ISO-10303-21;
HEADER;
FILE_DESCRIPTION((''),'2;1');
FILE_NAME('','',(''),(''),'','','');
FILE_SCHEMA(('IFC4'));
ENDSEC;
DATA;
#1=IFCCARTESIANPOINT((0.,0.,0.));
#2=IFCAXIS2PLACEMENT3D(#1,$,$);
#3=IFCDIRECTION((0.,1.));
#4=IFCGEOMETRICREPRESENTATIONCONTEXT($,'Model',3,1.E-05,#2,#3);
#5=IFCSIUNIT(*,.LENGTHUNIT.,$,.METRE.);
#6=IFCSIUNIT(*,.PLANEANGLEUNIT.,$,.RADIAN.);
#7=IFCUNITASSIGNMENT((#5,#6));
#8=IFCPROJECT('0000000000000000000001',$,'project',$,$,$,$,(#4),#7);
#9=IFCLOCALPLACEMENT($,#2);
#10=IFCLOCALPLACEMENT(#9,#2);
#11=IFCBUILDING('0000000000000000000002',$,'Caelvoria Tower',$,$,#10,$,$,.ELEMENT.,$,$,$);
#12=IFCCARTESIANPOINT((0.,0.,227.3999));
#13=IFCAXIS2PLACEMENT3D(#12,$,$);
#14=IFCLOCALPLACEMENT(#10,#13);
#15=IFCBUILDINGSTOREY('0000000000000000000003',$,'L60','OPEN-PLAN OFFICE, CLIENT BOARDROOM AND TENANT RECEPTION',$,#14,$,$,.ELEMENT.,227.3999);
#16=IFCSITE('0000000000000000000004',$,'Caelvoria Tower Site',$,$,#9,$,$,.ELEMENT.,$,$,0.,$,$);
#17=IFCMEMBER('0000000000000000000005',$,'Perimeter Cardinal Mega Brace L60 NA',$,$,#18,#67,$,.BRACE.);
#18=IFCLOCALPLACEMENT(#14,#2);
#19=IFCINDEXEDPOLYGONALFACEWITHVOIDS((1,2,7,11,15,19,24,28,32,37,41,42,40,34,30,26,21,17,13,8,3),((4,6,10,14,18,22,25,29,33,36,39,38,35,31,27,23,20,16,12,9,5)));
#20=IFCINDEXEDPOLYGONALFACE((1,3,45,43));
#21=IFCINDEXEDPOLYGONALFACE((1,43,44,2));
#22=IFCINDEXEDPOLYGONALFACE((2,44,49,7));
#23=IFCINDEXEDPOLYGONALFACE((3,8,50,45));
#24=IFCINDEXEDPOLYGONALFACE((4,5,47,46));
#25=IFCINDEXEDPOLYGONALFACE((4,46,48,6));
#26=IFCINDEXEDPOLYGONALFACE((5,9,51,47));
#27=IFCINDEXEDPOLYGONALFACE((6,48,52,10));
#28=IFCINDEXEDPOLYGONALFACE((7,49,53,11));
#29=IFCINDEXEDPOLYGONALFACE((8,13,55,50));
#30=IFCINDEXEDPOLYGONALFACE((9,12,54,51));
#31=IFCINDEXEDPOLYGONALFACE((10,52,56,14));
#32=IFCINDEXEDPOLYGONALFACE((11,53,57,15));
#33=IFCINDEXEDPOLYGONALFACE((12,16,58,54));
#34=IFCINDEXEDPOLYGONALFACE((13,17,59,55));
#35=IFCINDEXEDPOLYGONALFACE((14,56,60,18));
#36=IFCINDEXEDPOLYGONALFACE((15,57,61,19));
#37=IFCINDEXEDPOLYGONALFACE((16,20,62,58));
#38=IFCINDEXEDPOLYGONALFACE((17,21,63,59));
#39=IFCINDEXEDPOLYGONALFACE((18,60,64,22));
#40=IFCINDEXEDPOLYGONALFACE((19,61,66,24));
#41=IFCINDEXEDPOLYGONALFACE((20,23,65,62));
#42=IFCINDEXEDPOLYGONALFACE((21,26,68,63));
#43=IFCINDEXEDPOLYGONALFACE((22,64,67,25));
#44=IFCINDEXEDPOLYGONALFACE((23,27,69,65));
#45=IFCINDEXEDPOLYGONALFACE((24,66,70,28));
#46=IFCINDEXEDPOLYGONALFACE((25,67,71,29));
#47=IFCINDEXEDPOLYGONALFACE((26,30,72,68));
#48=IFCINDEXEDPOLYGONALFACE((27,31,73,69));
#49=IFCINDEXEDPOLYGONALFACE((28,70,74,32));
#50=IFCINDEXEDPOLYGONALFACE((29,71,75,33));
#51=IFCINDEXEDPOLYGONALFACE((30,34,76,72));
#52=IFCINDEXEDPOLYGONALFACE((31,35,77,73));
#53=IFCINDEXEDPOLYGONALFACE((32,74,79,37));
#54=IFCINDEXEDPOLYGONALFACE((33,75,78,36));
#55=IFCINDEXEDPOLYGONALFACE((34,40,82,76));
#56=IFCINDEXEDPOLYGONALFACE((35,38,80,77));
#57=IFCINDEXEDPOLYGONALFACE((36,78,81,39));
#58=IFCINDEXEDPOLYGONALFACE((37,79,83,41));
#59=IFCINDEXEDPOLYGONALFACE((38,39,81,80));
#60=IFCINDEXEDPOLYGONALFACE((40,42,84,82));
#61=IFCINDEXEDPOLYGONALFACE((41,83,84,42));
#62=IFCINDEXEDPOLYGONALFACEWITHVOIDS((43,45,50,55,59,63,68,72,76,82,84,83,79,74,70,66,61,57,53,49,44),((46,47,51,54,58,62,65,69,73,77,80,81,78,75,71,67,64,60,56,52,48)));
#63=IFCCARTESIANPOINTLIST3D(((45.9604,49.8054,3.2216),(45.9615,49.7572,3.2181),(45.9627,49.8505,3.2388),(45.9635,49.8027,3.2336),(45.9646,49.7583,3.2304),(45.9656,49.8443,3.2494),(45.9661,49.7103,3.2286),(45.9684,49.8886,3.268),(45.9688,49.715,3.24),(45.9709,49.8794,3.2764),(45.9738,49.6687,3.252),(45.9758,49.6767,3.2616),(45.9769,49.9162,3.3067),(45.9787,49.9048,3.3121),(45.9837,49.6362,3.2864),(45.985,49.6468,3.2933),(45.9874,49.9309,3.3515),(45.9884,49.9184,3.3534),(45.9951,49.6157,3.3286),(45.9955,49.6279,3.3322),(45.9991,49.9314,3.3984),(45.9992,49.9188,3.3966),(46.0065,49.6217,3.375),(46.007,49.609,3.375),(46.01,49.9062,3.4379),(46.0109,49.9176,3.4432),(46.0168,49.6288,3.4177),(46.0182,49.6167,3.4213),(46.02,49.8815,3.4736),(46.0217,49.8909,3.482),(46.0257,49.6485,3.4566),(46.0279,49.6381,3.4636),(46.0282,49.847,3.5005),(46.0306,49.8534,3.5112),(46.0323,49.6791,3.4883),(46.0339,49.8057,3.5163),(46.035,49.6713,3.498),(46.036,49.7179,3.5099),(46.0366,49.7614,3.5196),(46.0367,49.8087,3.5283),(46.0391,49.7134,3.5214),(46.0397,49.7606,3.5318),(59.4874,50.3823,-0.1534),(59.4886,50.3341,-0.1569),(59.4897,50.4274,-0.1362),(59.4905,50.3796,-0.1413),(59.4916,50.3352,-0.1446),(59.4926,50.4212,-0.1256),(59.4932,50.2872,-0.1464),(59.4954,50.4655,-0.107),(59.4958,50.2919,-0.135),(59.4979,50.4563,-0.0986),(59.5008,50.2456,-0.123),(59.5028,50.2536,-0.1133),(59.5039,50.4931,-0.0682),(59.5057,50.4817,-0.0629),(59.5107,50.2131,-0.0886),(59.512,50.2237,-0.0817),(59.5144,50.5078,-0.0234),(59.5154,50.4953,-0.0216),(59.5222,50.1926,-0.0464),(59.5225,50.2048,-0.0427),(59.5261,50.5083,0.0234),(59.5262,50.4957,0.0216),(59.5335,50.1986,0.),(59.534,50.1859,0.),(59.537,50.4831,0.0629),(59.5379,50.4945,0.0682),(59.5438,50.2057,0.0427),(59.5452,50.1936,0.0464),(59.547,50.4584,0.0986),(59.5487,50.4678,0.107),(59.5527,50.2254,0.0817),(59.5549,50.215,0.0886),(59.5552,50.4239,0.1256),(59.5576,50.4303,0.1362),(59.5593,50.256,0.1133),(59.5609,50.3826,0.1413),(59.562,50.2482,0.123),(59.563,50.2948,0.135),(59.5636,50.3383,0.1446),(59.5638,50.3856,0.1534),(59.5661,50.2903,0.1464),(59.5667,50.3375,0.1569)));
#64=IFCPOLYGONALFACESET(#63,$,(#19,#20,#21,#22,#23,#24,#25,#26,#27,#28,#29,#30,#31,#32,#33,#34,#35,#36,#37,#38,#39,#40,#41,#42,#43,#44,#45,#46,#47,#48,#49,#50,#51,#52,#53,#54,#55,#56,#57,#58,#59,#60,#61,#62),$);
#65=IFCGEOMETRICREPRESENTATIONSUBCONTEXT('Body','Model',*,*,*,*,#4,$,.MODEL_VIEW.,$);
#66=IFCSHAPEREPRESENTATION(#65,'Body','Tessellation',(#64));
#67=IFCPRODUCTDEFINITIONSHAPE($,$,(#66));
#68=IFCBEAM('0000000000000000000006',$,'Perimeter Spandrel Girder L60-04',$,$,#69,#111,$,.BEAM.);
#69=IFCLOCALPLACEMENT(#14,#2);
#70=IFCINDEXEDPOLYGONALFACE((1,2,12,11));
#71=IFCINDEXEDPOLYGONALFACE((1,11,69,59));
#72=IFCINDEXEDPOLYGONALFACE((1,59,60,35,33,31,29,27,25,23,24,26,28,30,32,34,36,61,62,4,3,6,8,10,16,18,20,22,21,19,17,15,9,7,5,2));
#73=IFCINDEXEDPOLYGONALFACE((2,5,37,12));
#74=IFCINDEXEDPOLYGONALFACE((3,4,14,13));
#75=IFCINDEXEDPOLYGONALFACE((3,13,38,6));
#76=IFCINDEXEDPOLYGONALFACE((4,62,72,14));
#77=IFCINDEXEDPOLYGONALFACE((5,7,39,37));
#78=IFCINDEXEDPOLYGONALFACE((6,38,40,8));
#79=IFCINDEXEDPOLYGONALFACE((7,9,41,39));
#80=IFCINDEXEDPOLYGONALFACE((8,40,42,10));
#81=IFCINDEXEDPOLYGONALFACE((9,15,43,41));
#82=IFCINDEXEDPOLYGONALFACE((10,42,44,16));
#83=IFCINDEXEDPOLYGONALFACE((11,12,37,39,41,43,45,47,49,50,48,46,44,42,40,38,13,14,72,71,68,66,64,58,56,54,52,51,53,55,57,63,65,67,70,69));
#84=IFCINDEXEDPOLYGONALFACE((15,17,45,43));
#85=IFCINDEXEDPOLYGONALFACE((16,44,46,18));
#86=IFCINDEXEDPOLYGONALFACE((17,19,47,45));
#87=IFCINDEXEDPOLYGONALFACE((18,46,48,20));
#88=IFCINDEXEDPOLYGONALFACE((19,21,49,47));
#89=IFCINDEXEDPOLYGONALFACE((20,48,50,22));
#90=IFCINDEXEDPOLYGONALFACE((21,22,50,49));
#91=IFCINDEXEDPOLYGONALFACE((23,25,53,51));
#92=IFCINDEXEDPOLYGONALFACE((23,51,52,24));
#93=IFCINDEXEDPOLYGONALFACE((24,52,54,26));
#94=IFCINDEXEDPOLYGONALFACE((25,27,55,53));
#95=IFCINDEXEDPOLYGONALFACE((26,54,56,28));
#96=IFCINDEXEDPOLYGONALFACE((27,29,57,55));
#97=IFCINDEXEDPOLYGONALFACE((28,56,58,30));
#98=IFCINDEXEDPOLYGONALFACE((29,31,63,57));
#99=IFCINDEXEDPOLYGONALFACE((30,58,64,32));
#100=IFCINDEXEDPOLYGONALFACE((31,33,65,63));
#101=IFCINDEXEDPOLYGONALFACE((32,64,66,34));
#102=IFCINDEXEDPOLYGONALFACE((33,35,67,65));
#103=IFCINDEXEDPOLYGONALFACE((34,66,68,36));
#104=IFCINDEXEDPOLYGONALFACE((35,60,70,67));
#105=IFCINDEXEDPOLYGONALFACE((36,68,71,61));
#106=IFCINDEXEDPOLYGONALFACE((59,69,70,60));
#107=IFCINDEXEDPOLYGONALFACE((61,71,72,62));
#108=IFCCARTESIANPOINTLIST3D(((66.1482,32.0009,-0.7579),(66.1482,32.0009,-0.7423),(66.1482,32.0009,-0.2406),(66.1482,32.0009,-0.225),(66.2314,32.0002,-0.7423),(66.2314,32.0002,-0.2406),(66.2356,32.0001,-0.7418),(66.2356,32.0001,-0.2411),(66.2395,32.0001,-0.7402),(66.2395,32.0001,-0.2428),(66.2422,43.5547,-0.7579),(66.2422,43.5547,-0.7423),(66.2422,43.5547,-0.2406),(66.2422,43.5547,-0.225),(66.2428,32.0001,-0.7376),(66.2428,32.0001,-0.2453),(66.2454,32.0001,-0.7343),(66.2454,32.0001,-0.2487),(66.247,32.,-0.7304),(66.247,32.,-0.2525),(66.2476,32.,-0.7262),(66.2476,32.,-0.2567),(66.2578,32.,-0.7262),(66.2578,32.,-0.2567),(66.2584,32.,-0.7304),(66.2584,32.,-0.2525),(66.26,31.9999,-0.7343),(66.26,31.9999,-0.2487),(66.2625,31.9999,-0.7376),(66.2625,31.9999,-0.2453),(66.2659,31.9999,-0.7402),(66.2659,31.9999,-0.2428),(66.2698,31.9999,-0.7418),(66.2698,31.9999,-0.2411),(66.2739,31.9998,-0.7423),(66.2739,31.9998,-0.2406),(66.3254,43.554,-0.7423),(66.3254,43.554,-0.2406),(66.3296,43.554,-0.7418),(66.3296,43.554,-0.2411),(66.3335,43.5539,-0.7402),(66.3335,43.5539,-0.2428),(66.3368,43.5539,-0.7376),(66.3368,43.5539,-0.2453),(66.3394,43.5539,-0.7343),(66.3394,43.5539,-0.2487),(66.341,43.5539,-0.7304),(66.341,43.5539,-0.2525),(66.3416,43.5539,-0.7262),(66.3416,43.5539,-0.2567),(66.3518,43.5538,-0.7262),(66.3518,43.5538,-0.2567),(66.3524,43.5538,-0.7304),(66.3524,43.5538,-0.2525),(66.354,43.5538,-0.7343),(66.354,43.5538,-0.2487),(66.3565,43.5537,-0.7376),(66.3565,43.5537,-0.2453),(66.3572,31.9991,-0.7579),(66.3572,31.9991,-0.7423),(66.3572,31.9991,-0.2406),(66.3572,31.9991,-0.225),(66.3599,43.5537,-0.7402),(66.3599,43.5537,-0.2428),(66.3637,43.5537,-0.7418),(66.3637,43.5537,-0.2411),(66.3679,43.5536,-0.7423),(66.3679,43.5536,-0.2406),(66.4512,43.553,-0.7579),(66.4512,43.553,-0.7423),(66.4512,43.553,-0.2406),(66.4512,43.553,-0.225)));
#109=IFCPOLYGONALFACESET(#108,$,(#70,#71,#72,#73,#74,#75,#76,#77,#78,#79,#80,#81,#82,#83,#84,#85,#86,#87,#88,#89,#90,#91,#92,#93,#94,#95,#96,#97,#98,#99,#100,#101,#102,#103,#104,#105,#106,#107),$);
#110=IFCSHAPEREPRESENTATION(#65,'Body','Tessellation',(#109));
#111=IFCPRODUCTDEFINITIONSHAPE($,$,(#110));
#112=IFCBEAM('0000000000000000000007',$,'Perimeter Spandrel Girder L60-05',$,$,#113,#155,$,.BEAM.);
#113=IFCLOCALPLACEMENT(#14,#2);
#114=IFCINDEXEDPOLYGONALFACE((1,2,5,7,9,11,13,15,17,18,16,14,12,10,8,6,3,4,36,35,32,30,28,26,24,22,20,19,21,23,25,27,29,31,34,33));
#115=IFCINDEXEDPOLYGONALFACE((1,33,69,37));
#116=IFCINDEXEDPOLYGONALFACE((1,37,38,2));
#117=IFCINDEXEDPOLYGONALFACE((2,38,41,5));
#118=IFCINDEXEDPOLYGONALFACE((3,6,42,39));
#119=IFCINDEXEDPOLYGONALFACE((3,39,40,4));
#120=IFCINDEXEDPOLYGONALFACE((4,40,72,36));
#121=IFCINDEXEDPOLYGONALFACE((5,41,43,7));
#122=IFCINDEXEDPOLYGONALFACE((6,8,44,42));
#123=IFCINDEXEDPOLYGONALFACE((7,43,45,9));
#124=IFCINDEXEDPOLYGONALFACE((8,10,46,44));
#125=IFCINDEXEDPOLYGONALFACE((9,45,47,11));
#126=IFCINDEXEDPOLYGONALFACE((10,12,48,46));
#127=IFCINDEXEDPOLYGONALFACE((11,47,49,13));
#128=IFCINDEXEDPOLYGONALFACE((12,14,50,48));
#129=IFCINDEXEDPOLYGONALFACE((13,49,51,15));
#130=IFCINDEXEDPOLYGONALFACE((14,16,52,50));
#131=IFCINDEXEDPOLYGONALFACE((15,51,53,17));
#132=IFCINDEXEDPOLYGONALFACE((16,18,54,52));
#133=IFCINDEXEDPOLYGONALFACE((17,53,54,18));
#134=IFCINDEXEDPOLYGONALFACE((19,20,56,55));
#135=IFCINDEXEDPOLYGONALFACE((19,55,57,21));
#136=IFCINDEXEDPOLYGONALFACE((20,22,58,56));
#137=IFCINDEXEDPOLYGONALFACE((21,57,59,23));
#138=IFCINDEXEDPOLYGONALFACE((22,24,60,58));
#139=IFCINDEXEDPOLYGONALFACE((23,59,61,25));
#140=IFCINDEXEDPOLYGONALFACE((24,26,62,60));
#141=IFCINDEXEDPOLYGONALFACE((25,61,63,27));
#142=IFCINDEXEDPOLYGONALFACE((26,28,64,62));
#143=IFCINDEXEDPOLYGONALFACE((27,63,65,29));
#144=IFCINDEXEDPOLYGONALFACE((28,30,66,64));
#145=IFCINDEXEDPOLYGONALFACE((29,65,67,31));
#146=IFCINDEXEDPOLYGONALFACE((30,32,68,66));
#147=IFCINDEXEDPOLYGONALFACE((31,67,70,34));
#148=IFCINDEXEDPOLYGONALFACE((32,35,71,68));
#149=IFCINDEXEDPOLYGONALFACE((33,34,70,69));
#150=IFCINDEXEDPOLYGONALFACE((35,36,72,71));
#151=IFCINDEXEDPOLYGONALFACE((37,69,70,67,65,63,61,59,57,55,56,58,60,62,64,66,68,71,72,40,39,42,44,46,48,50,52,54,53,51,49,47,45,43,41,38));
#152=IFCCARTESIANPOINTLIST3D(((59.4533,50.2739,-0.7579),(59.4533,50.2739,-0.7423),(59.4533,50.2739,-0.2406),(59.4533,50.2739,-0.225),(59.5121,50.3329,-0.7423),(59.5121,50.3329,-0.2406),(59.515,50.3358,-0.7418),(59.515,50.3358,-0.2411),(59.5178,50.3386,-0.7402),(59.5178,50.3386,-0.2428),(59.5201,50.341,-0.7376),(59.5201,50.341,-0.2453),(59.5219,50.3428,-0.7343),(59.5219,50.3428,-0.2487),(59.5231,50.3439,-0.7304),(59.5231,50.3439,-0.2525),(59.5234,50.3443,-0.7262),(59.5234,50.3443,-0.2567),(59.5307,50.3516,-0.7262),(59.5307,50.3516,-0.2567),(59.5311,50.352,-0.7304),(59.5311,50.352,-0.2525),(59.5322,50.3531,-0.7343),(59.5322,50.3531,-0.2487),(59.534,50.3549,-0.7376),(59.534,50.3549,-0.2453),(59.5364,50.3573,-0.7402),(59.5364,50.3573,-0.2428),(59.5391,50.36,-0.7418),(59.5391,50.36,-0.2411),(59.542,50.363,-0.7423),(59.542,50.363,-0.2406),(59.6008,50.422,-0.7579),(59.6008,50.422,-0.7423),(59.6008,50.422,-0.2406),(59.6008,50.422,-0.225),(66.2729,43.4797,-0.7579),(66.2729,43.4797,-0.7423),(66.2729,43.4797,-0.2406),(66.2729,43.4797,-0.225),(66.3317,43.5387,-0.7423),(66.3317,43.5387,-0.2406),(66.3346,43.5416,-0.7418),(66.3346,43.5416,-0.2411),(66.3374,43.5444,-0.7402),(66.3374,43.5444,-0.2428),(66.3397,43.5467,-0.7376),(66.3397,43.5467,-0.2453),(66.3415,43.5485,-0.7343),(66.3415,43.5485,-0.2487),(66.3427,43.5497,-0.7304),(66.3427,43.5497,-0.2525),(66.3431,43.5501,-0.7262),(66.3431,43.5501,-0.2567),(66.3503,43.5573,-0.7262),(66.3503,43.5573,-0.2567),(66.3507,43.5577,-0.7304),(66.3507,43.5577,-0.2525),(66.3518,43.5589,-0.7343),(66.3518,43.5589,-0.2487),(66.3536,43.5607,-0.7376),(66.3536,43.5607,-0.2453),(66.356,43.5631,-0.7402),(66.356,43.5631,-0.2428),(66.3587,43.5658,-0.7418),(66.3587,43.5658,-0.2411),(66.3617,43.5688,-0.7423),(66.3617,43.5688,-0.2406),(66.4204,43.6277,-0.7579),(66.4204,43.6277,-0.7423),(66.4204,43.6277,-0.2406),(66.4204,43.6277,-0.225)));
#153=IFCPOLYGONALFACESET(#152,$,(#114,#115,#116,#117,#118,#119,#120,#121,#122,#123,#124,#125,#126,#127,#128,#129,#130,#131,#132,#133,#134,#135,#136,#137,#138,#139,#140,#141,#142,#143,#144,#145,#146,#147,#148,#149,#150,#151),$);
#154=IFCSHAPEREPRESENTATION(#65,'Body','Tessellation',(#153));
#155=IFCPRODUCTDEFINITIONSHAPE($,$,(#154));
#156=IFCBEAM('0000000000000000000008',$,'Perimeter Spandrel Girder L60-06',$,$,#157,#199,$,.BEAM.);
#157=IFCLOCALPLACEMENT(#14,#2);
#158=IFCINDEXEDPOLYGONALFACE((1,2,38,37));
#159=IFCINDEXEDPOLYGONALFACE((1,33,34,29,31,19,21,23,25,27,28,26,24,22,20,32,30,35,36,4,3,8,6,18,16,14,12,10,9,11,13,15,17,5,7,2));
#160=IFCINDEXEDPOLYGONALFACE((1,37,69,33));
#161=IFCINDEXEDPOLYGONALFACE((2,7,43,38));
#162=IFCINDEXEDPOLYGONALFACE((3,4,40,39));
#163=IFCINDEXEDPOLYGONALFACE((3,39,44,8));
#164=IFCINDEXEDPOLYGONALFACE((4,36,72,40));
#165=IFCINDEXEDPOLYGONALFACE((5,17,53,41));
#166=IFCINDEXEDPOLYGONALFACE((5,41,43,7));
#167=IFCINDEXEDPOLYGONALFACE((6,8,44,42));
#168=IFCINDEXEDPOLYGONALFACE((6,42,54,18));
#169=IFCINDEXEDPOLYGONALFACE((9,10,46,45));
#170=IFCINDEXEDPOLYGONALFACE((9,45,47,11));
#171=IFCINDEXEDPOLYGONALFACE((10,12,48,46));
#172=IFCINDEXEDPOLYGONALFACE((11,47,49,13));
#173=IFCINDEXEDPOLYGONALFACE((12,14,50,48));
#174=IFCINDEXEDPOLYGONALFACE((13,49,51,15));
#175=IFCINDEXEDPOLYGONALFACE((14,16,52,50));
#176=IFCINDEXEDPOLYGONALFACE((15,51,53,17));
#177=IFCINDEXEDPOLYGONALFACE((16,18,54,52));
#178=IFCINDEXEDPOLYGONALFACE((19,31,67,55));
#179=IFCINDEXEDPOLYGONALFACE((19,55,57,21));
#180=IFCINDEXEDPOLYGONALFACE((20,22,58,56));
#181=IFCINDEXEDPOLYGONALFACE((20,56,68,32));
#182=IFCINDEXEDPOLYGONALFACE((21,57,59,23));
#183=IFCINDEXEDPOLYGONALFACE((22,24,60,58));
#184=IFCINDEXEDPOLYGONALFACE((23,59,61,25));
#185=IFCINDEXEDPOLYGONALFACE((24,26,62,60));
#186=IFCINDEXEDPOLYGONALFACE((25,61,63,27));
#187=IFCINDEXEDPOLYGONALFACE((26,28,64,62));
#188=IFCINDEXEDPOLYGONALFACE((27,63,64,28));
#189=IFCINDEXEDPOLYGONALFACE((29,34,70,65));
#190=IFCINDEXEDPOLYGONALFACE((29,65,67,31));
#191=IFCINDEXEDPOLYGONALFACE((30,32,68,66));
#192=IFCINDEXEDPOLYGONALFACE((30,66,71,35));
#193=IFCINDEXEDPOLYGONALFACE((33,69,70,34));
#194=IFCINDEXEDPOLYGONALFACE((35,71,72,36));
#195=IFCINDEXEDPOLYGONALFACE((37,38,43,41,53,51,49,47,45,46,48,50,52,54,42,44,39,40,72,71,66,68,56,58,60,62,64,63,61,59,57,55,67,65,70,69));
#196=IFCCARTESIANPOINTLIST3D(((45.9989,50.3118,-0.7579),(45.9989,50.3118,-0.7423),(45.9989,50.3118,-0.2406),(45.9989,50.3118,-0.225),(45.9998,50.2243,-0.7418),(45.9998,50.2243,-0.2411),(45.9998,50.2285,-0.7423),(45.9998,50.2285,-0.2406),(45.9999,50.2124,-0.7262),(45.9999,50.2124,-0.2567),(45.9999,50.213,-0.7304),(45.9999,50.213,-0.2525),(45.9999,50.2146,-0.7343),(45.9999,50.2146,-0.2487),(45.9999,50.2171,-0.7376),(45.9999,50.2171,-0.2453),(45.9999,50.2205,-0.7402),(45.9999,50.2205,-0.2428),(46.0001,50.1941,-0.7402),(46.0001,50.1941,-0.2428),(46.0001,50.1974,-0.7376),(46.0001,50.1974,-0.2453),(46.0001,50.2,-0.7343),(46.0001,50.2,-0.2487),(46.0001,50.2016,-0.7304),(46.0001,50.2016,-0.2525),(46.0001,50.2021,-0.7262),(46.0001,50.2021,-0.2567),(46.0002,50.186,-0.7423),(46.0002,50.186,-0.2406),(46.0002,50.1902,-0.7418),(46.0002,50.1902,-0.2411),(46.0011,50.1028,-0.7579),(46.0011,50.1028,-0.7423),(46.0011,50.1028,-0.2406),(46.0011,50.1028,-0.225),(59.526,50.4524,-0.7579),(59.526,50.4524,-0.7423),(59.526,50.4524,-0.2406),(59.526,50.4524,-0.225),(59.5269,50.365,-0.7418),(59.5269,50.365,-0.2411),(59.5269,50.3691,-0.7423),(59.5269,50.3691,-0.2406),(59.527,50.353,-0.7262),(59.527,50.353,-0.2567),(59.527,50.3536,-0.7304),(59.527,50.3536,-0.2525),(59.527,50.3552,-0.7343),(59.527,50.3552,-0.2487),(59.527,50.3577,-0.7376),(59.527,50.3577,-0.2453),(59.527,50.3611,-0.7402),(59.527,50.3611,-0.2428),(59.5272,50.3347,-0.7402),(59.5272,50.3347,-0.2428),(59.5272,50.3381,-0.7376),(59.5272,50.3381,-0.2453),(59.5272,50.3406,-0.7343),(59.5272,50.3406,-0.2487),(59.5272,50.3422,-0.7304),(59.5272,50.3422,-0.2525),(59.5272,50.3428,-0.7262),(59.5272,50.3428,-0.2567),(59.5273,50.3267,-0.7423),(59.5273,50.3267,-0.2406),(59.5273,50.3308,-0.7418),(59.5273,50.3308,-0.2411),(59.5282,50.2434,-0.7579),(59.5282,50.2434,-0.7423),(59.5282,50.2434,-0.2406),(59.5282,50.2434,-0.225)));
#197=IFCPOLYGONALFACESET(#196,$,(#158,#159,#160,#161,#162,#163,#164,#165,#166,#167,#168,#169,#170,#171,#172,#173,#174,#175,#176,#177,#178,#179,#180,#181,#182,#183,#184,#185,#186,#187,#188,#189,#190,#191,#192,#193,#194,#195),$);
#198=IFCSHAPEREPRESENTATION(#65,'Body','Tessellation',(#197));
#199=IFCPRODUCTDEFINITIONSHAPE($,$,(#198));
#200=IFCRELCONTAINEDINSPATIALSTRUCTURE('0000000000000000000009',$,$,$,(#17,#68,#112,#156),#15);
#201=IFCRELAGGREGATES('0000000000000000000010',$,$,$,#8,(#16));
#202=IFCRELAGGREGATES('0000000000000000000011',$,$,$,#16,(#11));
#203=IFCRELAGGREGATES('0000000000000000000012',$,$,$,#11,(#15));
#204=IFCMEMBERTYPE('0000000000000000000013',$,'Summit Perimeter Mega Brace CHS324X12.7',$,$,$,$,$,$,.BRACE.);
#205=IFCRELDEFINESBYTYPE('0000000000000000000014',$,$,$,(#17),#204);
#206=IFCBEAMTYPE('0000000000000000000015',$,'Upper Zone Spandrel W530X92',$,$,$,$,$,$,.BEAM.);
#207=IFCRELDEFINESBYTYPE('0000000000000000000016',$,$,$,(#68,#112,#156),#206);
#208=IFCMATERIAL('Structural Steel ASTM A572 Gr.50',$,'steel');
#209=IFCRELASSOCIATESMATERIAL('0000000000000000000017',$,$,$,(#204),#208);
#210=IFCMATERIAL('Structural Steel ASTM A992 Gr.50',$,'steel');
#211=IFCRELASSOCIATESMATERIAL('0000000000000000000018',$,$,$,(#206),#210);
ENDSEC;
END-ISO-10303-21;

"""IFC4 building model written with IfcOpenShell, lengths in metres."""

from ifc_helpers import new_model, si_unit, direction, frame, origin, origin_2d, place, context, subcontext, project, spatial, hollow_circle, i_section, extrude, material, material_profile, profile_set, type_object, element, save


model = new_model("IFC4")

# Units and contexts
model_context = context("Model", 3, precision=1e-05, world=origin(), true_north=direction((0.0, 1.0)))
body_context = subcontext(model_context, "Body", "Model", "MODEL_VIEW")
ifc_project = project(units=[si_unit("LENGTHUNIT", "METRE"), si_unit("PLANEANGLEUNIT", "RADIAN")], contexts=[model_context])

# Site, building, storey
site_placement = place(None, origin())
site = spatial("IfcSite", under=ifc_project, at=site_placement, Name="Caelvoria Tower Site", CompositionType="ELEMENT", RefElevation=0.0)
building_placement = place(site_placement, origin())
building = spatial("IfcBuilding", under=site, at=building_placement, Name="Caelvoria Tower", CompositionType="ELEMENT")
storey_placement = place(building_placement, frame((0.0, 0.0, 227.3999)))
storey = spatial("IfcBuildingStorey", under=building, at=storey_placement, Name="L60", Description="OPEN-PLAN OFFICE, CLIENT BOARDROOM AND TENANT RECEPTION", CompositionType="ELEMENT", Elevation=227.3999)

# Shared definitions
ifc_material_1 = material(Name="Structural Steel ASTM A572 Gr.50", Category="steel")
ifc_material_2 = material(Name="Structural Steel ASTM A992 Gr.50", Category="steel")

# Member
ifc_material_profile_1 = material_profile(ifc_material_1, hollow_circle(Radius=0.1621, WallThickness=0.0127, at=origin_2d()), Name="Structural Steel ASTM A572 Gr.50")
ifc_profile_set_1 = profile_set([ifc_material_profile_1], Name="CHS324X12.7 - Structural Steel ASTM A572 Gr.50")
member_type = type_object("IfcMemberType", Name="Summit Perimeter Mega Brace CHS324X12.7", PredefinedType="BRACE", material=ifc_profile_set_1)
member_1_placement = place(storey_placement, frame((59.5271, 50.3479, 0.0), z_axis=(-0.969427, -0.041344, 0.241871), x_axis=(0.042609, -0.999092, 0.0)))
element("IfcMember", 1, at=member_1_placement, inside=storey, type_object=member_type, Name="Perimeter Cardinal Mega Brace L60 NA", PredefinedType="BRACE", context=body_context, shape_type="SweptSolid", body=[
    extrude(hollow_circle(Radius=0.1621, WallThickness=0.0127, at=origin_2d()), origin(), (0.0, 0.0, 1.0), 13.9536),
])

# Beams
ifc_material_profile_2 = material_profile(ifc_material_2, i_section(OverallWidth=0.209, OverallDepth=0.533, WebThickness=0.0103, FlangeThickness=0.0156, FilletRadius=0.0161, at=origin_2d()), Name="Structural Steel ASTM A992 Gr.50")
ifc_profile_set_2 = profile_set([ifc_material_profile_2], Name="W530X92 - Structural Steel ASTM A992 Gr.50")
beam_type_1 = type_object("IfcBeamType", Name="Upper Zone Spandrel W530X92", PredefinedType="BEAM", material=ifc_profile_set_2)
beam_1_placement = place(storey_placement, frame((66.2527, 32.0, -0.4915), z_axis=(0.008135, 0.999967, 0.0), x_axis=(-0.999967, 0.008135, 0.0)))
element("IfcBeam", 2, at=beam_1_placement, inside=storey, type_object=beam_type_1, Name="Perimeter Spandrel Girder L60-04", PredefinedType="BEAM", context=body_context, shape_type="SweptSolid", body=[
    extrude(i_section(OverallWidth=0.209, OverallDepth=0.533, WebThickness=0.0103, FlangeThickness=0.0156, FilletRadius=0.0161, at=origin_2d()), origin(), (0.0, 0.0, 1.0), 11.5542),
])
beam_2_placement = place(storey_placement, frame((66.3467, 43.5537, -0.4915), z_axis=(-0.708424, 0.705787, 0.0), x_axis=(-0.705787, -0.708424, 0.0)))
element("IfcBeam", 3, at=beam_2_placement, inside=storey, type_object=beam_type_1, Name="Perimeter Spandrel Girder L60-05", PredefinedType="BEAM", context=body_context, shape_type="SweptSolid", body=[
    extrude(i_section(OverallWidth=0.209, OverallDepth=0.533, WebThickness=0.0103, FlangeThickness=0.0156, FilletRadius=0.0161, at=origin_2d()), origin(), (0.0, 0.0, 1.0), 9.6265),
])
beam_3_placement = place(storey_placement, frame((59.5271, 50.3479, -0.4915), z_axis=(-0.999946, -0.010395, 0.0), x_axis=(0.010395, -0.999946, 0.0)))
element("IfcBeam", 4, at=beam_3_placement, inside=storey, type_object=beam_type_1, Name="Perimeter Spandrel Girder L60-06", PredefinedType="BEAM", context=body_context, shape_type="SweptSolid", body=[
    extrude(i_section(OverallWidth=0.209, OverallDepth=0.533, WebThickness=0.0103, FlangeThickness=0.0156, FilletRadius=0.0161, at=origin_2d()), origin(), (0.0, 0.0, 1.0), 13.5278),
])

save(model, "model.ifc")
